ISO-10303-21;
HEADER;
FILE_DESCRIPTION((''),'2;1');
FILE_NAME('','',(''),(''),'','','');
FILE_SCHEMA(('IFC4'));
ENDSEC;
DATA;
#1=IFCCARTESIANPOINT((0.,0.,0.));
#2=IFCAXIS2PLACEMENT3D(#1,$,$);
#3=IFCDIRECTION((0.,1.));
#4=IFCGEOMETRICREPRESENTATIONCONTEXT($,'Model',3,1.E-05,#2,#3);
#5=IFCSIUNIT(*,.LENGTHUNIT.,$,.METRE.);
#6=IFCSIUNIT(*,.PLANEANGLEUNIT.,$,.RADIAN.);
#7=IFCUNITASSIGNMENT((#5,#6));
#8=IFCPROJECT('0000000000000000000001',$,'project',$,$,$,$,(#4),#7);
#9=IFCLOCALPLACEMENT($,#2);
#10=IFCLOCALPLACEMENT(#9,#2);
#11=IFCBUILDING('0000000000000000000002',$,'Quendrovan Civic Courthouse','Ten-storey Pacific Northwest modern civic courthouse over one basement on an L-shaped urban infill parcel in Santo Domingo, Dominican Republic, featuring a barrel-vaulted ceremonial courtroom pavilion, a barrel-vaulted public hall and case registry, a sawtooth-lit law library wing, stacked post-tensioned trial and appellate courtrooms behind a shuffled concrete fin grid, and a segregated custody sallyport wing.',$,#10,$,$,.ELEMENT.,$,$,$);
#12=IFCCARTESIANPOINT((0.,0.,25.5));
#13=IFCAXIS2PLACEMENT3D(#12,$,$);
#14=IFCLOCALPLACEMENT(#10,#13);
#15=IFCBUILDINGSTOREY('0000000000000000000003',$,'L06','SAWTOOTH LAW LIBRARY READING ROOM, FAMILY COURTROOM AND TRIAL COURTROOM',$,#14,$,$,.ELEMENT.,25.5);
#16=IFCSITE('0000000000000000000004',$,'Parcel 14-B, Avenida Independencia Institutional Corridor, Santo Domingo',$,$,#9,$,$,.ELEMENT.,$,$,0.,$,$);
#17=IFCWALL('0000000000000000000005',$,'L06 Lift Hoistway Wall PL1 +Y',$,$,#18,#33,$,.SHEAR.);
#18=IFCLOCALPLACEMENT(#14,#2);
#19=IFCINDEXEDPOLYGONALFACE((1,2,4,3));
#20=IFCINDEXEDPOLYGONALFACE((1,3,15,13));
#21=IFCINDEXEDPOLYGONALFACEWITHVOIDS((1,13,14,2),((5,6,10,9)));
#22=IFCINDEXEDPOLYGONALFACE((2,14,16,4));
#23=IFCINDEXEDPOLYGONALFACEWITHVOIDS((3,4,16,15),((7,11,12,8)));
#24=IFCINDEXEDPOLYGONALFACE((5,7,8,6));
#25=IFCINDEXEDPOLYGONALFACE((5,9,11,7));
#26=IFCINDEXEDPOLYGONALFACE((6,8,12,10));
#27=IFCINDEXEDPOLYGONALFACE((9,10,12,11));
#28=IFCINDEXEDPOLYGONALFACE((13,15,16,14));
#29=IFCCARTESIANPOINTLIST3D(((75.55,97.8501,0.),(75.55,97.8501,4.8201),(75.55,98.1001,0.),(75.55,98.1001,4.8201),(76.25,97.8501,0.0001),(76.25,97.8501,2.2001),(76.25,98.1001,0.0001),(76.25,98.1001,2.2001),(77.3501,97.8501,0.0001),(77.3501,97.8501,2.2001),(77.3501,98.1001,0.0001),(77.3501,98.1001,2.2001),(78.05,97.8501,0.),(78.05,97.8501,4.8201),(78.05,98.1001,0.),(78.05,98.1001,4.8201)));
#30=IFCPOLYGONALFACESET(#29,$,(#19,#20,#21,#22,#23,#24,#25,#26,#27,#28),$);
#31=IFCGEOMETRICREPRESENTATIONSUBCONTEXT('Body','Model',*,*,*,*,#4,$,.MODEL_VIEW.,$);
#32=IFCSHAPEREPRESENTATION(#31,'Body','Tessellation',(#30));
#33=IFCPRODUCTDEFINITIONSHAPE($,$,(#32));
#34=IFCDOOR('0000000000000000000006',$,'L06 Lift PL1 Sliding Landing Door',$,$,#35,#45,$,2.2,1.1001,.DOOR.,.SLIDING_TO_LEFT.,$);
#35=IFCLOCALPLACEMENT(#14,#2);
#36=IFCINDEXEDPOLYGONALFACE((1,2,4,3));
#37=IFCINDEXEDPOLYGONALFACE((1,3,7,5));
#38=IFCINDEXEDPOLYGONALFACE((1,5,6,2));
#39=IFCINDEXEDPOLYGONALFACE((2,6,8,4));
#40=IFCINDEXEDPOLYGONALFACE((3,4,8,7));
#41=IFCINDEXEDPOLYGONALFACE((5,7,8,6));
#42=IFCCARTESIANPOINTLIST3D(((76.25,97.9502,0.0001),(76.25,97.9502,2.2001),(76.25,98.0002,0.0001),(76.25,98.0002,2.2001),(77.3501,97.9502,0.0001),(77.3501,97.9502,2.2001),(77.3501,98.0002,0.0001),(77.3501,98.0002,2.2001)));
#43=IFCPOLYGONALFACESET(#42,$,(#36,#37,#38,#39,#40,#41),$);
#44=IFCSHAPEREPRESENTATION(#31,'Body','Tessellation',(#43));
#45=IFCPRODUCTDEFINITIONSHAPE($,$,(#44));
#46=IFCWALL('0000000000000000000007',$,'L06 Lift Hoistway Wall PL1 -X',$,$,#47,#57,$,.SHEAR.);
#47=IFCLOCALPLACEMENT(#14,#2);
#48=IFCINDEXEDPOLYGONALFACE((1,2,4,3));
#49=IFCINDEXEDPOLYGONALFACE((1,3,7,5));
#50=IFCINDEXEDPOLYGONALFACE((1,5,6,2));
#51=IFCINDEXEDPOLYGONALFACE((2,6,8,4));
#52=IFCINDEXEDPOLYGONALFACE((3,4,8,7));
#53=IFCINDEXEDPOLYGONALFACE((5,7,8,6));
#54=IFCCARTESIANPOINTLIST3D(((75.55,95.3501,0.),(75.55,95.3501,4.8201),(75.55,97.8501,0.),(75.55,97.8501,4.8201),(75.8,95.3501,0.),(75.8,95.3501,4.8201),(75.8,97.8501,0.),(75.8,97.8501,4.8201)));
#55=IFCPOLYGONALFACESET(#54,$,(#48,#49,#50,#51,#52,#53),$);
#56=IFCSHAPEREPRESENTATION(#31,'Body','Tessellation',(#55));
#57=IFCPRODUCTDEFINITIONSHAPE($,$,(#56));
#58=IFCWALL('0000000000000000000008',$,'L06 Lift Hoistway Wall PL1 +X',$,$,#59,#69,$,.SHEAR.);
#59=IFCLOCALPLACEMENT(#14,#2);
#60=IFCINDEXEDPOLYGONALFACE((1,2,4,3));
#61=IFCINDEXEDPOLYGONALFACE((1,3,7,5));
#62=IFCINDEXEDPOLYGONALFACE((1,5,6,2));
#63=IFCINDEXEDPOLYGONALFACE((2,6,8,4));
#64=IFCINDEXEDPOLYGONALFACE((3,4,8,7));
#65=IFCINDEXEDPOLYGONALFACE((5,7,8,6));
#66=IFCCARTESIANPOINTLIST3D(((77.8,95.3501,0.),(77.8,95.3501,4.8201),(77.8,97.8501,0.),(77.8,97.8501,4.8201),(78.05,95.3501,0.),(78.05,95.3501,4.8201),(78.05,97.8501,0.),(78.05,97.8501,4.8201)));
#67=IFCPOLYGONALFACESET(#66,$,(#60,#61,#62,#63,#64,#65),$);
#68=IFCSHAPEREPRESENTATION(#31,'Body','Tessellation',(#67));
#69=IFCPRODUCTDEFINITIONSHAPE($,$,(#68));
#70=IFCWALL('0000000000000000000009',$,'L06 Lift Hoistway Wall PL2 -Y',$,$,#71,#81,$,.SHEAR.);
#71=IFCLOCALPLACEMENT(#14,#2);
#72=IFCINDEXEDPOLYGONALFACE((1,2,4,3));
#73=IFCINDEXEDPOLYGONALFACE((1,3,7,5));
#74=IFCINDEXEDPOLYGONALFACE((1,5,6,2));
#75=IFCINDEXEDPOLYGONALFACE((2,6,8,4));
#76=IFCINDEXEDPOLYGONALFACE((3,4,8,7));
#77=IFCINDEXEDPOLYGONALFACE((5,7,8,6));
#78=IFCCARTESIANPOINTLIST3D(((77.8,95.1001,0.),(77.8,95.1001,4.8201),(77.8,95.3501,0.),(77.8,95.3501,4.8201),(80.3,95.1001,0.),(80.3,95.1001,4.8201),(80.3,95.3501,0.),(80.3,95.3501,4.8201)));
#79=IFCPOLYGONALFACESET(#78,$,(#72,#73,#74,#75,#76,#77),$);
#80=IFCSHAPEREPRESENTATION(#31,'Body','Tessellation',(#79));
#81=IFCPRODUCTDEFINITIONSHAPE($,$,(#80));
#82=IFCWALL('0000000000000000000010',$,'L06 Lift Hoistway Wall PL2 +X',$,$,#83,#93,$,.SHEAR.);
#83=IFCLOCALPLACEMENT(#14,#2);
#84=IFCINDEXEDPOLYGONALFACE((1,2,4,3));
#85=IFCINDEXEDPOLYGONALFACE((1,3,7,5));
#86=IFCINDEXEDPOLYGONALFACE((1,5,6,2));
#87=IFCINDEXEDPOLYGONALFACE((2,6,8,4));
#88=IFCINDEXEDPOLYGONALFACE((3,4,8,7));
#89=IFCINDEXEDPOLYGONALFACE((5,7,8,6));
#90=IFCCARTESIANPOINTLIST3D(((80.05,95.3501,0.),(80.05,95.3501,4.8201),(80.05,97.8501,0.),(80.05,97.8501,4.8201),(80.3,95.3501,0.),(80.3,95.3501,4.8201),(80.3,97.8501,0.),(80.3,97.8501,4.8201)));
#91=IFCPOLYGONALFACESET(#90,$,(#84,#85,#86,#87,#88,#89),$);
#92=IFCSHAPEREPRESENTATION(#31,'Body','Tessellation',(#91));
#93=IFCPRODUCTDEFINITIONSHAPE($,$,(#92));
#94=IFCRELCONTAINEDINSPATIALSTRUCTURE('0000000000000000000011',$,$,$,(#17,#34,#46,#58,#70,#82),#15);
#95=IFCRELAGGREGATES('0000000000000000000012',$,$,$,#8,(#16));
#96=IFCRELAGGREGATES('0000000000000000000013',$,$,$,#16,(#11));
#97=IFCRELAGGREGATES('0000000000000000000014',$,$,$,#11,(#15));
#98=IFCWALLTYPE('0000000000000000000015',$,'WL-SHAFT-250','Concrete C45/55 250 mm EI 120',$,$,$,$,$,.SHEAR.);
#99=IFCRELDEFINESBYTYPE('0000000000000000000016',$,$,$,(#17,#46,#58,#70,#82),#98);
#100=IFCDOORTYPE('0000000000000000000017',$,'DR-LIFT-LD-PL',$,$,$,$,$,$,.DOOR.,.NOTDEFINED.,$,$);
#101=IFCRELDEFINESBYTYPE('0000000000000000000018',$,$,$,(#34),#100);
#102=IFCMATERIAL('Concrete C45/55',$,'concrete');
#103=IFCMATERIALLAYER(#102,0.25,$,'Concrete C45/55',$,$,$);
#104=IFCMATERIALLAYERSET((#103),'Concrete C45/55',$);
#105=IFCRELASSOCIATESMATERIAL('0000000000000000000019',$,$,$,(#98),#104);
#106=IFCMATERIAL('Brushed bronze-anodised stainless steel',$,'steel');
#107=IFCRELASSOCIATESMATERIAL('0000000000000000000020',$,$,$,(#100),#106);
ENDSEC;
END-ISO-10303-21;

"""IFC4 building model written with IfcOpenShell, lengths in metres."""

from ifc_helpers import new_model, si_unit, direction, frame, frame_2d, origin, place, context, subcontext, project, spatial, rectangle, extrude, material, layer, layer_set, type_object, element, fill, save


model = new_model("IFC4")

# Units and contexts
model_context = context("Model", 3, precision=1e-05, world=origin(), true_north=direction((0.0, 1.0)))
body_context = subcontext(model_context, "Body", "Model", "MODEL_VIEW")
ifc_project = project(units=[si_unit("LENGTHUNIT", "METRE"), si_unit("PLANEANGLEUNIT", "RADIAN")], contexts=[model_context])

# Site, building, storey
site_placement = place(None, origin())
site = spatial("IfcSite", under=ifc_project, at=site_placement, Name="Parcel 14-B, Avenida Independencia Institutional Corridor, Santo Domingo", CompositionType="ELEMENT", RefElevation=0.0)
building_placement = place(site_placement, origin())
building = spatial("IfcBuilding", under=site, at=building_placement, Name="Quendrovan Civic Courthouse", Description="Ten-storey Pacific Northwest modern civic courthouse over one basement on an L-shaped urban infill parcel in Santo Domingo, Dominican Republic, featuring a barrel-vaulted ceremonial courtroom pavilion, a barrel-vaulted public hall and case registry, a sawtooth-lit law library wing, stacked post-tensioned trial and appellate courtrooms behind a shuffled concrete fin grid, and a segregated custody sallyport wing.", CompositionType="ELEMENT")
storey_placement = place(building_placement, frame((0.0, 0.0, 25.5)))
storey = spatial("IfcBuildingStorey", under=building, at=storey_placement, Name="L06", Description="SAWTOOTH LAW LIBRARY READING ROOM, FAMILY COURTROOM AND TRIAL COURTROOM", CompositionType="ELEMENT", Elevation=25.5)

# Shared definitions
ifc_material_1 = material(Name="Concrete C45/55", Category="concrete")

# Shared definitions
ifc_layer_1 = layer(ifc_material_1, 0.25, Name="Concrete C45/55")
ifc_layer_set_1 = layer_set([ifc_layer_1], Name="Concrete C45/55")
wall_type_1 = type_object("IfcWallType", Name="WL-SHAFT-250", Description="Concrete C45/55 250 mm EI 120", PredefinedType="SHEAR", material=ifc_layer_set_1)

# Wall, opening, door
wall_1_placement = place(storey_placement, frame((78.05, 97.9751, 0.0), z_axis=(0.0, 0.0, 1.0), x_axis=(-1.0, 0.0, 0.0)))
wall_1 = element("IfcWall", 1, at=wall_1_placement, inside=storey, type_object=wall_type_1, Name="L06 Lift Hoistway Wall PL1 +Y", PredefinedType="SHEAR", context=body_context, shape_type="SweptSolid", body=[
    extrude(rectangle(XDim=2.5, YDim=0.25, at=frame_2d((1.25, 0.0))), origin(), (0.0, 0.0, 1.0), 4.8201),
])
opening_1_placement = place(wall_1_placement, frame((0.7, 0.0, 0.0)))
opening_1 = element("IfcOpeningElement", 2, at=opening_1_placement, cuts=wall_1, PredefinedType="OPENING", context=body_context, shape_type="SweptSolid", body=[
    extrude(rectangle(XDim=1.1001, YDim=2.2, at=frame_2d((0.55, 1.1001))), frame((0.0, 0.135, 0.0), z_axis=(0.0, -1.0, 0.0), x_axis=(1.0, 0.0, 0.0)), (0.0, 0.0, 1.0), 0.27),
])
ifc_material_2 = material(Name="Brushed bronze-anodised stainless steel", Category="steel")
door_type_1 = type_object("IfcDoorType", Name="DR-LIFT-LD-PL", OperationType="NOTDEFINED", PredefinedType="DOOR", material=ifc_material_2)
door_1_placement = place(opening_1_placement, origin())
door_1 = element("IfcDoor", 3, at=door_1_placement, inside=storey, type_object=door_type_1, Name="L06 Lift PL1 Sliding Landing Door", OperationType="SLIDING_TO_LEFT", OverallHeight=2.2, OverallWidth=1.1001, PredefinedType="DOOR", context=body_context, shape_type="SweptSolid", body=[
    extrude(rectangle(XDim=1.1001, YDim=2.2, at=frame_2d((0.55, 1.1001))), frame((0.0, 0.0249, 0.0), z_axis=(0.0, -1.0, 0.0), x_axis=(1.0, 0.0, 0.0)), (0.0, 0.0, 1.0), 0.05),
])
fill(opening_1, door_1)

# Walls
for number, where, z_axis, x_axis, name in (
    (4, (75.675, 95.3501, 0.0), (0.0, 0.0, 1.0), (0.0, 1.0, 0.0), "L06 Lift Hoistway Wall PL1 -X"),
    (5, (77.925, 97.8501, 0.0), (0.0, 0.0, 1.0), (0.0, -1.0, 0.0), "L06 Lift Hoistway Wall PL1 +X"),
    (6, (77.8, 95.2251, 0.0), (0.0, 0.0, 1.0), (1.0, 0.0, 0.0), "L06 Lift Hoistway Wall PL2 -Y"),
    (7, (80.175, 97.8501, 0.0), (0.0, 0.0, 1.0), (0.0, -1.0, 0.0), "L06 Lift Hoistway Wall PL2 +X"),
):
    element("IfcWall", number, at=place(storey_placement, frame(where, z_axis=z_axis, x_axis=x_axis)), inside=storey, type_object=wall_type_1, Name=name, PredefinedType="SHEAR", context=body_context, shape_type="SweptSolid", body=[
        extrude(rectangle(XDim=2.5, YDim=0.25, at=frame_2d((1.25, 0.0))), origin(), (0.0, 0.0, 1.0), 4.8201),
    ])

save(model, "model.ifc")
